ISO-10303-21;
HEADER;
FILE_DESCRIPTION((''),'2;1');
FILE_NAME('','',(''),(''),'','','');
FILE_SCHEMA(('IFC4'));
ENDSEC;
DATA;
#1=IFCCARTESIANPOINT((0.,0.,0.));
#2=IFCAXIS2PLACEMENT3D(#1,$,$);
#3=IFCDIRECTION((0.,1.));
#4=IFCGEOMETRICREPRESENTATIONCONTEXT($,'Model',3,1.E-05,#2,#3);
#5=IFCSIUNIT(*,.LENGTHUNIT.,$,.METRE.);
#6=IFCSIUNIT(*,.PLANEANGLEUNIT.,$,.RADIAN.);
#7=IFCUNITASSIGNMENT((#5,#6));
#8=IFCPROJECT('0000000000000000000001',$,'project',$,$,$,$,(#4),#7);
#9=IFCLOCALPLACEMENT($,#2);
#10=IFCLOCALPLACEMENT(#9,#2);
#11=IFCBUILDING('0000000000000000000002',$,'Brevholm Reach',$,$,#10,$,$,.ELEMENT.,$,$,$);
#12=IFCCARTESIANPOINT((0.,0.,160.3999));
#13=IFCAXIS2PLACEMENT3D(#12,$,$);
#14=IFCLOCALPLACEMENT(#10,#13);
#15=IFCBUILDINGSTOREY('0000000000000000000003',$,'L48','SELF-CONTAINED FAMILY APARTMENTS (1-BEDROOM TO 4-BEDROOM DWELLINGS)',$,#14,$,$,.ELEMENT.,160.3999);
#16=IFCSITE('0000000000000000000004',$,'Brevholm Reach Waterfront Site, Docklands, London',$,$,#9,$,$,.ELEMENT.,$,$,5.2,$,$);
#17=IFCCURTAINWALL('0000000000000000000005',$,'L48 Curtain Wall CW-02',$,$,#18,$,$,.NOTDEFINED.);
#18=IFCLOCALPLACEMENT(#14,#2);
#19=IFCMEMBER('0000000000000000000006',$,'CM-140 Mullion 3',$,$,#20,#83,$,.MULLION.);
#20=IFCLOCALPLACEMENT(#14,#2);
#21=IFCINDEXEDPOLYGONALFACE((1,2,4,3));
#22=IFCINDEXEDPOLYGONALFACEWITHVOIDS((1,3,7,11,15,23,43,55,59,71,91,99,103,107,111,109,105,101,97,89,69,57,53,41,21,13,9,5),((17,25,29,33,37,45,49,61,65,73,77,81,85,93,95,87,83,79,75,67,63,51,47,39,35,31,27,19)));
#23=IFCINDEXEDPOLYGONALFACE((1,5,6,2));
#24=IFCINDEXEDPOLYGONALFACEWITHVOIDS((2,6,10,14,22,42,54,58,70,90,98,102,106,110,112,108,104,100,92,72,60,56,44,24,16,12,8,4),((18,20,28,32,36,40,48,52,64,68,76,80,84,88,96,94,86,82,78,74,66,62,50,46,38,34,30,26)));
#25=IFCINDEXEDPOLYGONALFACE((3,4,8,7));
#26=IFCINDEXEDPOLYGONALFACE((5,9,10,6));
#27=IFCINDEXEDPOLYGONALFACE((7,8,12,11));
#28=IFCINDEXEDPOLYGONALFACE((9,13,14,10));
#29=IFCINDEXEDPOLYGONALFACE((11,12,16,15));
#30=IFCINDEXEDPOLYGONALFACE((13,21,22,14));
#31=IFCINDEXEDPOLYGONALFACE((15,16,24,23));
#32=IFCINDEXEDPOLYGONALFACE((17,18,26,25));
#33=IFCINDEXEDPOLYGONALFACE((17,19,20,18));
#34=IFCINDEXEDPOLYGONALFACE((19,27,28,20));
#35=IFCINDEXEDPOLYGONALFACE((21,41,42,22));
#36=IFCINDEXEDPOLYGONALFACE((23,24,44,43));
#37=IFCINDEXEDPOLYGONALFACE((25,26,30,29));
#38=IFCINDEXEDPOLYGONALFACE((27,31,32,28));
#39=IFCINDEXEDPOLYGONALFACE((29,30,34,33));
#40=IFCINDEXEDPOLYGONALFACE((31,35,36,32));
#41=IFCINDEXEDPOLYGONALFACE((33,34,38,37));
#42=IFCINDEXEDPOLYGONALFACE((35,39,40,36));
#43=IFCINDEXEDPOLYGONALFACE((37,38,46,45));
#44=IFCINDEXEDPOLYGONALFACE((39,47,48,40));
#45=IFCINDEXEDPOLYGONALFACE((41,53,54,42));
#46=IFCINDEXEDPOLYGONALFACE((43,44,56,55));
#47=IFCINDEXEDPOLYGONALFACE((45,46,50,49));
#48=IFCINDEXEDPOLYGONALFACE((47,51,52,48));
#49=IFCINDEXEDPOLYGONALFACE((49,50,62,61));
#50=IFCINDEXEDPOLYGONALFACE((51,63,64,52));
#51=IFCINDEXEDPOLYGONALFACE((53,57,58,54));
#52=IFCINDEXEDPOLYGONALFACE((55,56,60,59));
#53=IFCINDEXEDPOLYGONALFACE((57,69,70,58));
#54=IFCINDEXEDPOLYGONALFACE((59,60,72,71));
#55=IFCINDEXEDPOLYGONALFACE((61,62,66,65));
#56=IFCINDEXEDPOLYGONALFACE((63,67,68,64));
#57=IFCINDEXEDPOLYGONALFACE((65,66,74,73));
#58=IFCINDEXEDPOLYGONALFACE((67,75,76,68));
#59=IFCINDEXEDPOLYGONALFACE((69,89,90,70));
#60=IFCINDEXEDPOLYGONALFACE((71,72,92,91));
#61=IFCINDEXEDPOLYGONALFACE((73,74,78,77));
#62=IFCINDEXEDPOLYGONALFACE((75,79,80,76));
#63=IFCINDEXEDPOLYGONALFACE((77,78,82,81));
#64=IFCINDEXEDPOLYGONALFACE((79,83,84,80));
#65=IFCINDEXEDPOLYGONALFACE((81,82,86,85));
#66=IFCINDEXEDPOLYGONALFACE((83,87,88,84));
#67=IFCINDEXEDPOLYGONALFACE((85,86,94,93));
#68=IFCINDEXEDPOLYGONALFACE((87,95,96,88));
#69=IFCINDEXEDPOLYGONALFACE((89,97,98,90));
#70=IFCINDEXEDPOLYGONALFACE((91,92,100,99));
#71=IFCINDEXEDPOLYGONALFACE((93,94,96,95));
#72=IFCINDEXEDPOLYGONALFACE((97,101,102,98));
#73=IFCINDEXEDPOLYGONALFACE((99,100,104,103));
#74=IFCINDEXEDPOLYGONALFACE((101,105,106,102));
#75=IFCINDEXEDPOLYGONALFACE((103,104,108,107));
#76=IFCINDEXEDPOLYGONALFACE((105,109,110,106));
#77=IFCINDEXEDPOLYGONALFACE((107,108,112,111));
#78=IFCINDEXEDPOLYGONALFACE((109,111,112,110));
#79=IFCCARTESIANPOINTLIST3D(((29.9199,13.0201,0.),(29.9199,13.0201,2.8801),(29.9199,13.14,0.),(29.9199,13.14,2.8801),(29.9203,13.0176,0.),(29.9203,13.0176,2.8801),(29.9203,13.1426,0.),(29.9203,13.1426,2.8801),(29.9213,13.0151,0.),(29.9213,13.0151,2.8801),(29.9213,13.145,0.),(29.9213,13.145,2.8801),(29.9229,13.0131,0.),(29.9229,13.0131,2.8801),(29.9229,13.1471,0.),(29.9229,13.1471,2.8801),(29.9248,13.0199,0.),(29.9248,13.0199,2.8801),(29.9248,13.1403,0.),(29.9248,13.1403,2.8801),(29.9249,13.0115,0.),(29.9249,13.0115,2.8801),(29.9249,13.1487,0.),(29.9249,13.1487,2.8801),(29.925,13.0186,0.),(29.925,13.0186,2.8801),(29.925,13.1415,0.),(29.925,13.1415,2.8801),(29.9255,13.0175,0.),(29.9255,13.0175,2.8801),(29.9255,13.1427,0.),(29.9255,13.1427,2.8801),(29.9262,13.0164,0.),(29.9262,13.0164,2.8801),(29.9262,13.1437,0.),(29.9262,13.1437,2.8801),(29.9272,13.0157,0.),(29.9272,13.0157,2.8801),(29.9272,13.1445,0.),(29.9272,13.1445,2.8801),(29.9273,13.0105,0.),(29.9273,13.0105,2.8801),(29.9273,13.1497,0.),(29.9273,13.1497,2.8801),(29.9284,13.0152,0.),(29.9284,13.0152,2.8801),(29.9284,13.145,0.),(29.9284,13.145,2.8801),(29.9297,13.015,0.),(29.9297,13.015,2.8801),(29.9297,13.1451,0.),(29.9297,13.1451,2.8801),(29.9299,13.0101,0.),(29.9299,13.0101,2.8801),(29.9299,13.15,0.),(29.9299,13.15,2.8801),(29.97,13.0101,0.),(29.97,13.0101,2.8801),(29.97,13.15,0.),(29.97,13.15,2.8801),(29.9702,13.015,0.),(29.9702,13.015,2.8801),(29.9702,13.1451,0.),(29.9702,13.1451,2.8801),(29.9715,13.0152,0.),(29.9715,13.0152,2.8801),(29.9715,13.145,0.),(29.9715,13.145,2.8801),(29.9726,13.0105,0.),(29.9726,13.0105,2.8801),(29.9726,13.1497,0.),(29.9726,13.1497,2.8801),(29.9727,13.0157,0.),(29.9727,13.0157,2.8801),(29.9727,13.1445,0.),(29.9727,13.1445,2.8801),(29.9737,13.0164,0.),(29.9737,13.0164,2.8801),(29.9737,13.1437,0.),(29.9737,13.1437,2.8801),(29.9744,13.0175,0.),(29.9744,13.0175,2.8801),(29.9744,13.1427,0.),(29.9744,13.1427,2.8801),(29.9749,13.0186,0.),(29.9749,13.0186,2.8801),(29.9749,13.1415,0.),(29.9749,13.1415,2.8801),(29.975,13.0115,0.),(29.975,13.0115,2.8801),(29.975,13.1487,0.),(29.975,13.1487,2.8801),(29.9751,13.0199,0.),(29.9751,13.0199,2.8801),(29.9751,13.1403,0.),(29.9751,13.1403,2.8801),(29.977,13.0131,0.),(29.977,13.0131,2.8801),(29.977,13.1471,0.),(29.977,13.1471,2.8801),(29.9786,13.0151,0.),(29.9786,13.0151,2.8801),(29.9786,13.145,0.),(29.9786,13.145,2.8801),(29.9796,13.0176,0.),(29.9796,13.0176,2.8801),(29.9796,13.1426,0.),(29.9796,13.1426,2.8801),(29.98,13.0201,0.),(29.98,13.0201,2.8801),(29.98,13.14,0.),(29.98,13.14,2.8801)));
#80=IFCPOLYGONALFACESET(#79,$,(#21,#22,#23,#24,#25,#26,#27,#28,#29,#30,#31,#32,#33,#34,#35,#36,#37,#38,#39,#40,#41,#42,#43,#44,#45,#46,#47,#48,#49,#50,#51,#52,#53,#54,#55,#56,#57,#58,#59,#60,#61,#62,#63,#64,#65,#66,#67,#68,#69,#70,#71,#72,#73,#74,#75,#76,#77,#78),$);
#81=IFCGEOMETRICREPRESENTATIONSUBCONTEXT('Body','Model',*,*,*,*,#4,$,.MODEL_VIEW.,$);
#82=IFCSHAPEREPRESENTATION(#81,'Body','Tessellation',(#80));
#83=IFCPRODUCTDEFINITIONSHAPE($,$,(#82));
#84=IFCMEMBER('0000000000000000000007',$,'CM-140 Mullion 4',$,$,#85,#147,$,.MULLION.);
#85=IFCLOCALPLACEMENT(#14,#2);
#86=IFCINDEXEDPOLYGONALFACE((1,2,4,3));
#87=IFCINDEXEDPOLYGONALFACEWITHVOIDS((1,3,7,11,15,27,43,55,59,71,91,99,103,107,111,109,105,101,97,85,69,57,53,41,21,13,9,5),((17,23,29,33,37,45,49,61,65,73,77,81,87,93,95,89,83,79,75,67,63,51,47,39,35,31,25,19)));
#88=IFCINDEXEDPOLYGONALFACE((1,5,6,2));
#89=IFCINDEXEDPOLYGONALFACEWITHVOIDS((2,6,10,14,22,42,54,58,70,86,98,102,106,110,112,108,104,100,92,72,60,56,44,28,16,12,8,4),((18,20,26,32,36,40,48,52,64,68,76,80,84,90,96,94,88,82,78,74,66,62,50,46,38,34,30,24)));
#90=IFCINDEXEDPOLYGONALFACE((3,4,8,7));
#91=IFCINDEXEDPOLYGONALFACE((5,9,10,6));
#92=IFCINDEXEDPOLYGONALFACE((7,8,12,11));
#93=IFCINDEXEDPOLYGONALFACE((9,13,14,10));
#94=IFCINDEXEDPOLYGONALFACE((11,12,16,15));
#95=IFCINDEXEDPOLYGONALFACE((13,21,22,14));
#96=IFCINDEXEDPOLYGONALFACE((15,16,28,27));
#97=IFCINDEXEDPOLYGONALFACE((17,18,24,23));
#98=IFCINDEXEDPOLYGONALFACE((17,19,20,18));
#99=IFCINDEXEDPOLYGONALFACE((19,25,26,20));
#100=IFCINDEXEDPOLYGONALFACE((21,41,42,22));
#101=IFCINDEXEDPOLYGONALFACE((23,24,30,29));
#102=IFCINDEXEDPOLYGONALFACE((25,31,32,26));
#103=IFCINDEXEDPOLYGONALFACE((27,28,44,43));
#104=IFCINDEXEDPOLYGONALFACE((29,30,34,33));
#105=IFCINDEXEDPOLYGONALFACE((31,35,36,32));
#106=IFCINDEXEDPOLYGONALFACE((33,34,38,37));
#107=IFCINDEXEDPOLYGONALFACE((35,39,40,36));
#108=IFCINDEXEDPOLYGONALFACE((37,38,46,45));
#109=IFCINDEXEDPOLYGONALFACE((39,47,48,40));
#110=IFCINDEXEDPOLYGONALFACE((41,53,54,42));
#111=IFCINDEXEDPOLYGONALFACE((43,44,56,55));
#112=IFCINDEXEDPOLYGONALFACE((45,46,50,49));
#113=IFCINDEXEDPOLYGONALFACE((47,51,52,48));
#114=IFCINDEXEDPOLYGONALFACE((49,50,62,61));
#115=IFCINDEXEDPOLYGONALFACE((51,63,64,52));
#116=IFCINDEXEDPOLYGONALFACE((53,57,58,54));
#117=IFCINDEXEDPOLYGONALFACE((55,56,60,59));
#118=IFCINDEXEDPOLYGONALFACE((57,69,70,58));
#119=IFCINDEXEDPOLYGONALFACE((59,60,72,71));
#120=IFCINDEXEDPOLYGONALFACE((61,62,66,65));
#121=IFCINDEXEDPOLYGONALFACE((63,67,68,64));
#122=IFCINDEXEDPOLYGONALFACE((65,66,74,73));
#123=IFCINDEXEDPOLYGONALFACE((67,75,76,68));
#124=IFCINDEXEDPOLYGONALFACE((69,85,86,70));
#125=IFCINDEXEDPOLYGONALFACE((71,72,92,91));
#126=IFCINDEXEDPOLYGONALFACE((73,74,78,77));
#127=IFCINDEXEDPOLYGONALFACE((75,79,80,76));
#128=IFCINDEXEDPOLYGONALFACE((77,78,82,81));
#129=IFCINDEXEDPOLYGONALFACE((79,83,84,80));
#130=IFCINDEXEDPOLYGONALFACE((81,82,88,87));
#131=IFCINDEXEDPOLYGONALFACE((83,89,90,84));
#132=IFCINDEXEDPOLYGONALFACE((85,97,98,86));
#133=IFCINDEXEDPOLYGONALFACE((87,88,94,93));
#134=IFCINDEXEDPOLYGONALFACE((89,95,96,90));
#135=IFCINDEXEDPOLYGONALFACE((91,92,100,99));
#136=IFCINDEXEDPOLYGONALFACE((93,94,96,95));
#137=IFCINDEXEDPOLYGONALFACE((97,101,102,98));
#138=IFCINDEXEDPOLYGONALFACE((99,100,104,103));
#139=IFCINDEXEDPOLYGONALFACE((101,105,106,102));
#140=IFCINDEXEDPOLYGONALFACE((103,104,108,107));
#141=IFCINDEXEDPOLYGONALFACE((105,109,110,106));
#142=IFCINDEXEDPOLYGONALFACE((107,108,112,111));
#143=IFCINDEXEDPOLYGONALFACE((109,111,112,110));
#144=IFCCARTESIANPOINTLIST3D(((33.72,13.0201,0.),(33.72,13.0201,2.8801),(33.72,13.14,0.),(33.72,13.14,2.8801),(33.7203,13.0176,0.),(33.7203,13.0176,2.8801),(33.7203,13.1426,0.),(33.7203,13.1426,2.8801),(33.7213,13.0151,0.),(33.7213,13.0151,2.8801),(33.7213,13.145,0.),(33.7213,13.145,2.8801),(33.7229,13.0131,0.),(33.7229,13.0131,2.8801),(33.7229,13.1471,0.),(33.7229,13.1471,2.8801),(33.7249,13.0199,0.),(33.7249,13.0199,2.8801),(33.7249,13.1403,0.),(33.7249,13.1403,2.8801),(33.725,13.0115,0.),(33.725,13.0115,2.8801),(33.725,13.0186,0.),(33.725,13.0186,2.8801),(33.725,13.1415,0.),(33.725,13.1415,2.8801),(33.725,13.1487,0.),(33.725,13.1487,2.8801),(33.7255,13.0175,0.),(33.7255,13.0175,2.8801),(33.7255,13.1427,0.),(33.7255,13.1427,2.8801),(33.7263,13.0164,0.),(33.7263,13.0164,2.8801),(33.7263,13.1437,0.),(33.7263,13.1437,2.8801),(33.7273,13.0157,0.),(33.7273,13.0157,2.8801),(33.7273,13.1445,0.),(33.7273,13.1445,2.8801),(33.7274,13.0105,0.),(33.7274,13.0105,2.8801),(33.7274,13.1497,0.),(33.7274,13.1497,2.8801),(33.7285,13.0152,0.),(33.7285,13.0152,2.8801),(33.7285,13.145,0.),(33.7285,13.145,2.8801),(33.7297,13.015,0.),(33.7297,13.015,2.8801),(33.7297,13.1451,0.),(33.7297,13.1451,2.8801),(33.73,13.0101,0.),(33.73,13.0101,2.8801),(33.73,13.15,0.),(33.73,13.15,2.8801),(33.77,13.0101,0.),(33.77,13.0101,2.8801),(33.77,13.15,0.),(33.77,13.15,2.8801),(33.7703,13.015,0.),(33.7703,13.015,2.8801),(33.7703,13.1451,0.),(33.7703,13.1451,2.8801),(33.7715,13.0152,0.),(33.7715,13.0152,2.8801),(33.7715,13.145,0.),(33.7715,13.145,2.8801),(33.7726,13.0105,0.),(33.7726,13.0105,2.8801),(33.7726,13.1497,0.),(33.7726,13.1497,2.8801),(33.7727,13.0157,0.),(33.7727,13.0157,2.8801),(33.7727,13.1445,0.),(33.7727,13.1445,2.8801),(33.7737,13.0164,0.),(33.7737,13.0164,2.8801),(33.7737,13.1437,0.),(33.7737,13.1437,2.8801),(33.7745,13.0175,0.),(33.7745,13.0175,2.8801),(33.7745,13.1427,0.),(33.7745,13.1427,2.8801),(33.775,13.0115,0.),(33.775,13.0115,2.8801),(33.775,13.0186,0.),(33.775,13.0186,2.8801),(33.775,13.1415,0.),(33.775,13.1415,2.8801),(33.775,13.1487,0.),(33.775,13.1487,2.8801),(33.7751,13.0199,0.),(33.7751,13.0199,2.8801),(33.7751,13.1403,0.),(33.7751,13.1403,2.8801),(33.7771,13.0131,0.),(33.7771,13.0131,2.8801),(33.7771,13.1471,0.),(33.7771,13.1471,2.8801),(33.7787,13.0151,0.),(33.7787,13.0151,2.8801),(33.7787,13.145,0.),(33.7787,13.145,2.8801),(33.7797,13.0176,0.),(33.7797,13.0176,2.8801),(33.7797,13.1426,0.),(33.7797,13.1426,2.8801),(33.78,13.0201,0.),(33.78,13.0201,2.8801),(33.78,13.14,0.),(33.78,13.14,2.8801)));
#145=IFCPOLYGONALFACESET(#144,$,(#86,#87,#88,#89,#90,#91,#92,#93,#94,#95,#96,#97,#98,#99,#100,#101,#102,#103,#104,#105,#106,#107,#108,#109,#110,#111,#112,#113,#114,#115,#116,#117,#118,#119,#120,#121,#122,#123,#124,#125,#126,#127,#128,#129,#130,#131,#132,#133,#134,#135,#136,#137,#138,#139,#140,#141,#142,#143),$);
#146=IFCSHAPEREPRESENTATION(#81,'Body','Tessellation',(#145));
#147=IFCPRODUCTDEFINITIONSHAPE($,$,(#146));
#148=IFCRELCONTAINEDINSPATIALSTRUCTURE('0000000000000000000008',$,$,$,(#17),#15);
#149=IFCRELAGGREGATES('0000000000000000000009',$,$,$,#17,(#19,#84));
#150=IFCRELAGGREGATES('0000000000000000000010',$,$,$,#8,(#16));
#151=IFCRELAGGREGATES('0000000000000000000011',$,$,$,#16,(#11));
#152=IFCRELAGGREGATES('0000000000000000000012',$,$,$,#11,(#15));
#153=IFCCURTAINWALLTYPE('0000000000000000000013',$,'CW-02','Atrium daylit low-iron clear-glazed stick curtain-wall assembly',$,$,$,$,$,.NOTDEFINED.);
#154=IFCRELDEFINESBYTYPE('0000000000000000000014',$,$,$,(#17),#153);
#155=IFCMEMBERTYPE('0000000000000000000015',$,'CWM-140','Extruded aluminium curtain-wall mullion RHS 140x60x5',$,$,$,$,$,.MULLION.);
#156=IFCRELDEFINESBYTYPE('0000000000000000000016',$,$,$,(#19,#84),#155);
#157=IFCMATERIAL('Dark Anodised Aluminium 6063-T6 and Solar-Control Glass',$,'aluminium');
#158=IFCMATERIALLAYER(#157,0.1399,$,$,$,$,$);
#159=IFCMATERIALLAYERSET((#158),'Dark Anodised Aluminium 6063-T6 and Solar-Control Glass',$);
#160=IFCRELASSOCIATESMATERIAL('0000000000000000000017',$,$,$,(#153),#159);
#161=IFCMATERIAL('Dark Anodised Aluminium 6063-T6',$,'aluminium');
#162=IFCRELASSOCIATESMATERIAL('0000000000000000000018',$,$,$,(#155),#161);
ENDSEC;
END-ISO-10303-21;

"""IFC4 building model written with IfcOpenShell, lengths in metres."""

from ifc_helpers import new_model, si_unit, direction, frame, origin, origin_2d, place, context, subcontext, project, spatial, hollow_rectangle, extrude, material, layer, layer_set, material_profile, profile_set, type_object, element, aggregate, save


model = new_model("IFC4")

# Units and contexts
model_context = context("Model", 3, precision=1e-05, world=origin(), true_north=direction((0.0, 1.0)))
body_context = subcontext(model_context, "Body", "Model", "MODEL_VIEW")
ifc_project = project(units=[si_unit("LENGTHUNIT", "METRE"), si_unit("PLANEANGLEUNIT", "RADIAN")], contexts=[model_context])

# Site, building, storey
site_placement = place(None, origin())
site = spatial("IfcSite", under=ifc_project, at=site_placement, Name="Brevholm Reach Waterfront Site, Docklands, London", CompositionType="ELEMENT", RefElevation=5.2)
building_placement = place(site_placement, origin())
building = spatial("IfcBuilding", under=site, at=building_placement, Name="Brevholm Reach", CompositionType="ELEMENT")
storey_placement = place(building_placement, frame((0.0, 0.0, 160.3999)))
storey = spatial("IfcBuildingStorey", under=building, at=storey_placement, Name="L48", Description="SELF-CONTAINED FAMILY APARTMENTS (1-BEDROOM TO 4-BEDROOM DWELLINGS)", CompositionType="ELEMENT", Elevation=160.3999)

# Curtain wall, members
ifc_material_1 = material(Name="Dark Anodised Aluminium 6063-T6 and Solar-Control Glass", Category="aluminium")
ifc_layer_1 = layer(ifc_material_1, 0.1399)
ifc_layer_set_1 = layer_set([ifc_layer_1], Name="Dark Anodised Aluminium 6063-T6 and Solar-Control Glass")
curtain_wall_type = type_object("IfcCurtainWallType", Name="CW-02", Description="Atrium daylit low-iron clear-glazed stick curtain-wall assembly", PredefinedType="NOTDEFINED", material=ifc_layer_set_1)
curtain_wall_placement = place(storey_placement, origin())
curtain_wall = element("IfcCurtainWall", 1, at=curtain_wall_placement, inside=storey, type_object=curtain_wall_type, Name="L48 Curtain Wall CW-02", PredefinedType="NOTDEFINED")
ifc_material_2 = material(Name="Dark Anodised Aluminium 6063-T6", Category="aluminium")
ifc_material_profile_1 = material_profile(ifc_material_2, hollow_rectangle(XDim=0.0601, YDim=0.1399, WallThickness=0.0049, InnerFilletRadius=0.0049, OuterFilletRadius=0.01, at=origin_2d()), Name="RHS 140x60x5")
ifc_profile_set_1 = profile_set([ifc_material_profile_1], Name="Dark Anodised Aluminium 6063-T6")
member_type_1 = type_object("IfcMemberType", Name="CWM-140", Description="Extruded aluminium curtain-wall mullion RHS 140x60x5", PredefinedType="MULLION", material=ifc_profile_set_1)
member_1_placement = place(storey_placement, frame((29.95, 13.0801, 0.0), z_axis=(0.0, 0.0, 1.0), x_axis=(1.0, 0.0, 0.0)))
member_1 = element("IfcMember", 2, at=member_1_placement, type_object=member_type_1, Name="CM-140 Mullion 3", PredefinedType="MULLION", context=body_context, shape_type="SweptSolid", body=[
    extrude(hollow_rectangle(XDim=0.0601, YDim=0.1399, WallThickness=0.0049, InnerFilletRadius=0.0049, OuterFilletRadius=0.01, at=origin_2d()), origin(), (0.0, 0.0, 1.0), 2.8801),
])
member_2_placement = place(storey_placement, frame((33.75, 13.0801, 0.0), z_axis=(0.0, 0.0, 1.0), x_axis=(1.0, 0.0, 0.0)))
member_2 = element("IfcMember", 3, at=member_2_placement, type_object=member_type_1, Name="CM-140 Mullion 4", PredefinedType="MULLION", context=body_context, shape_type="SweptSolid", body=[
    extrude(hollow_rectangle(XDim=0.0601, YDim=0.1399, WallThickness=0.0049, InnerFilletRadius=0.0049, OuterFilletRadius=0.01, at=origin_2d()), origin(), (0.0, 0.0, 1.0), 2.8801),
])
aggregate(curtain_wall, [member_1, member_2])

save(model, "model.ifc")
